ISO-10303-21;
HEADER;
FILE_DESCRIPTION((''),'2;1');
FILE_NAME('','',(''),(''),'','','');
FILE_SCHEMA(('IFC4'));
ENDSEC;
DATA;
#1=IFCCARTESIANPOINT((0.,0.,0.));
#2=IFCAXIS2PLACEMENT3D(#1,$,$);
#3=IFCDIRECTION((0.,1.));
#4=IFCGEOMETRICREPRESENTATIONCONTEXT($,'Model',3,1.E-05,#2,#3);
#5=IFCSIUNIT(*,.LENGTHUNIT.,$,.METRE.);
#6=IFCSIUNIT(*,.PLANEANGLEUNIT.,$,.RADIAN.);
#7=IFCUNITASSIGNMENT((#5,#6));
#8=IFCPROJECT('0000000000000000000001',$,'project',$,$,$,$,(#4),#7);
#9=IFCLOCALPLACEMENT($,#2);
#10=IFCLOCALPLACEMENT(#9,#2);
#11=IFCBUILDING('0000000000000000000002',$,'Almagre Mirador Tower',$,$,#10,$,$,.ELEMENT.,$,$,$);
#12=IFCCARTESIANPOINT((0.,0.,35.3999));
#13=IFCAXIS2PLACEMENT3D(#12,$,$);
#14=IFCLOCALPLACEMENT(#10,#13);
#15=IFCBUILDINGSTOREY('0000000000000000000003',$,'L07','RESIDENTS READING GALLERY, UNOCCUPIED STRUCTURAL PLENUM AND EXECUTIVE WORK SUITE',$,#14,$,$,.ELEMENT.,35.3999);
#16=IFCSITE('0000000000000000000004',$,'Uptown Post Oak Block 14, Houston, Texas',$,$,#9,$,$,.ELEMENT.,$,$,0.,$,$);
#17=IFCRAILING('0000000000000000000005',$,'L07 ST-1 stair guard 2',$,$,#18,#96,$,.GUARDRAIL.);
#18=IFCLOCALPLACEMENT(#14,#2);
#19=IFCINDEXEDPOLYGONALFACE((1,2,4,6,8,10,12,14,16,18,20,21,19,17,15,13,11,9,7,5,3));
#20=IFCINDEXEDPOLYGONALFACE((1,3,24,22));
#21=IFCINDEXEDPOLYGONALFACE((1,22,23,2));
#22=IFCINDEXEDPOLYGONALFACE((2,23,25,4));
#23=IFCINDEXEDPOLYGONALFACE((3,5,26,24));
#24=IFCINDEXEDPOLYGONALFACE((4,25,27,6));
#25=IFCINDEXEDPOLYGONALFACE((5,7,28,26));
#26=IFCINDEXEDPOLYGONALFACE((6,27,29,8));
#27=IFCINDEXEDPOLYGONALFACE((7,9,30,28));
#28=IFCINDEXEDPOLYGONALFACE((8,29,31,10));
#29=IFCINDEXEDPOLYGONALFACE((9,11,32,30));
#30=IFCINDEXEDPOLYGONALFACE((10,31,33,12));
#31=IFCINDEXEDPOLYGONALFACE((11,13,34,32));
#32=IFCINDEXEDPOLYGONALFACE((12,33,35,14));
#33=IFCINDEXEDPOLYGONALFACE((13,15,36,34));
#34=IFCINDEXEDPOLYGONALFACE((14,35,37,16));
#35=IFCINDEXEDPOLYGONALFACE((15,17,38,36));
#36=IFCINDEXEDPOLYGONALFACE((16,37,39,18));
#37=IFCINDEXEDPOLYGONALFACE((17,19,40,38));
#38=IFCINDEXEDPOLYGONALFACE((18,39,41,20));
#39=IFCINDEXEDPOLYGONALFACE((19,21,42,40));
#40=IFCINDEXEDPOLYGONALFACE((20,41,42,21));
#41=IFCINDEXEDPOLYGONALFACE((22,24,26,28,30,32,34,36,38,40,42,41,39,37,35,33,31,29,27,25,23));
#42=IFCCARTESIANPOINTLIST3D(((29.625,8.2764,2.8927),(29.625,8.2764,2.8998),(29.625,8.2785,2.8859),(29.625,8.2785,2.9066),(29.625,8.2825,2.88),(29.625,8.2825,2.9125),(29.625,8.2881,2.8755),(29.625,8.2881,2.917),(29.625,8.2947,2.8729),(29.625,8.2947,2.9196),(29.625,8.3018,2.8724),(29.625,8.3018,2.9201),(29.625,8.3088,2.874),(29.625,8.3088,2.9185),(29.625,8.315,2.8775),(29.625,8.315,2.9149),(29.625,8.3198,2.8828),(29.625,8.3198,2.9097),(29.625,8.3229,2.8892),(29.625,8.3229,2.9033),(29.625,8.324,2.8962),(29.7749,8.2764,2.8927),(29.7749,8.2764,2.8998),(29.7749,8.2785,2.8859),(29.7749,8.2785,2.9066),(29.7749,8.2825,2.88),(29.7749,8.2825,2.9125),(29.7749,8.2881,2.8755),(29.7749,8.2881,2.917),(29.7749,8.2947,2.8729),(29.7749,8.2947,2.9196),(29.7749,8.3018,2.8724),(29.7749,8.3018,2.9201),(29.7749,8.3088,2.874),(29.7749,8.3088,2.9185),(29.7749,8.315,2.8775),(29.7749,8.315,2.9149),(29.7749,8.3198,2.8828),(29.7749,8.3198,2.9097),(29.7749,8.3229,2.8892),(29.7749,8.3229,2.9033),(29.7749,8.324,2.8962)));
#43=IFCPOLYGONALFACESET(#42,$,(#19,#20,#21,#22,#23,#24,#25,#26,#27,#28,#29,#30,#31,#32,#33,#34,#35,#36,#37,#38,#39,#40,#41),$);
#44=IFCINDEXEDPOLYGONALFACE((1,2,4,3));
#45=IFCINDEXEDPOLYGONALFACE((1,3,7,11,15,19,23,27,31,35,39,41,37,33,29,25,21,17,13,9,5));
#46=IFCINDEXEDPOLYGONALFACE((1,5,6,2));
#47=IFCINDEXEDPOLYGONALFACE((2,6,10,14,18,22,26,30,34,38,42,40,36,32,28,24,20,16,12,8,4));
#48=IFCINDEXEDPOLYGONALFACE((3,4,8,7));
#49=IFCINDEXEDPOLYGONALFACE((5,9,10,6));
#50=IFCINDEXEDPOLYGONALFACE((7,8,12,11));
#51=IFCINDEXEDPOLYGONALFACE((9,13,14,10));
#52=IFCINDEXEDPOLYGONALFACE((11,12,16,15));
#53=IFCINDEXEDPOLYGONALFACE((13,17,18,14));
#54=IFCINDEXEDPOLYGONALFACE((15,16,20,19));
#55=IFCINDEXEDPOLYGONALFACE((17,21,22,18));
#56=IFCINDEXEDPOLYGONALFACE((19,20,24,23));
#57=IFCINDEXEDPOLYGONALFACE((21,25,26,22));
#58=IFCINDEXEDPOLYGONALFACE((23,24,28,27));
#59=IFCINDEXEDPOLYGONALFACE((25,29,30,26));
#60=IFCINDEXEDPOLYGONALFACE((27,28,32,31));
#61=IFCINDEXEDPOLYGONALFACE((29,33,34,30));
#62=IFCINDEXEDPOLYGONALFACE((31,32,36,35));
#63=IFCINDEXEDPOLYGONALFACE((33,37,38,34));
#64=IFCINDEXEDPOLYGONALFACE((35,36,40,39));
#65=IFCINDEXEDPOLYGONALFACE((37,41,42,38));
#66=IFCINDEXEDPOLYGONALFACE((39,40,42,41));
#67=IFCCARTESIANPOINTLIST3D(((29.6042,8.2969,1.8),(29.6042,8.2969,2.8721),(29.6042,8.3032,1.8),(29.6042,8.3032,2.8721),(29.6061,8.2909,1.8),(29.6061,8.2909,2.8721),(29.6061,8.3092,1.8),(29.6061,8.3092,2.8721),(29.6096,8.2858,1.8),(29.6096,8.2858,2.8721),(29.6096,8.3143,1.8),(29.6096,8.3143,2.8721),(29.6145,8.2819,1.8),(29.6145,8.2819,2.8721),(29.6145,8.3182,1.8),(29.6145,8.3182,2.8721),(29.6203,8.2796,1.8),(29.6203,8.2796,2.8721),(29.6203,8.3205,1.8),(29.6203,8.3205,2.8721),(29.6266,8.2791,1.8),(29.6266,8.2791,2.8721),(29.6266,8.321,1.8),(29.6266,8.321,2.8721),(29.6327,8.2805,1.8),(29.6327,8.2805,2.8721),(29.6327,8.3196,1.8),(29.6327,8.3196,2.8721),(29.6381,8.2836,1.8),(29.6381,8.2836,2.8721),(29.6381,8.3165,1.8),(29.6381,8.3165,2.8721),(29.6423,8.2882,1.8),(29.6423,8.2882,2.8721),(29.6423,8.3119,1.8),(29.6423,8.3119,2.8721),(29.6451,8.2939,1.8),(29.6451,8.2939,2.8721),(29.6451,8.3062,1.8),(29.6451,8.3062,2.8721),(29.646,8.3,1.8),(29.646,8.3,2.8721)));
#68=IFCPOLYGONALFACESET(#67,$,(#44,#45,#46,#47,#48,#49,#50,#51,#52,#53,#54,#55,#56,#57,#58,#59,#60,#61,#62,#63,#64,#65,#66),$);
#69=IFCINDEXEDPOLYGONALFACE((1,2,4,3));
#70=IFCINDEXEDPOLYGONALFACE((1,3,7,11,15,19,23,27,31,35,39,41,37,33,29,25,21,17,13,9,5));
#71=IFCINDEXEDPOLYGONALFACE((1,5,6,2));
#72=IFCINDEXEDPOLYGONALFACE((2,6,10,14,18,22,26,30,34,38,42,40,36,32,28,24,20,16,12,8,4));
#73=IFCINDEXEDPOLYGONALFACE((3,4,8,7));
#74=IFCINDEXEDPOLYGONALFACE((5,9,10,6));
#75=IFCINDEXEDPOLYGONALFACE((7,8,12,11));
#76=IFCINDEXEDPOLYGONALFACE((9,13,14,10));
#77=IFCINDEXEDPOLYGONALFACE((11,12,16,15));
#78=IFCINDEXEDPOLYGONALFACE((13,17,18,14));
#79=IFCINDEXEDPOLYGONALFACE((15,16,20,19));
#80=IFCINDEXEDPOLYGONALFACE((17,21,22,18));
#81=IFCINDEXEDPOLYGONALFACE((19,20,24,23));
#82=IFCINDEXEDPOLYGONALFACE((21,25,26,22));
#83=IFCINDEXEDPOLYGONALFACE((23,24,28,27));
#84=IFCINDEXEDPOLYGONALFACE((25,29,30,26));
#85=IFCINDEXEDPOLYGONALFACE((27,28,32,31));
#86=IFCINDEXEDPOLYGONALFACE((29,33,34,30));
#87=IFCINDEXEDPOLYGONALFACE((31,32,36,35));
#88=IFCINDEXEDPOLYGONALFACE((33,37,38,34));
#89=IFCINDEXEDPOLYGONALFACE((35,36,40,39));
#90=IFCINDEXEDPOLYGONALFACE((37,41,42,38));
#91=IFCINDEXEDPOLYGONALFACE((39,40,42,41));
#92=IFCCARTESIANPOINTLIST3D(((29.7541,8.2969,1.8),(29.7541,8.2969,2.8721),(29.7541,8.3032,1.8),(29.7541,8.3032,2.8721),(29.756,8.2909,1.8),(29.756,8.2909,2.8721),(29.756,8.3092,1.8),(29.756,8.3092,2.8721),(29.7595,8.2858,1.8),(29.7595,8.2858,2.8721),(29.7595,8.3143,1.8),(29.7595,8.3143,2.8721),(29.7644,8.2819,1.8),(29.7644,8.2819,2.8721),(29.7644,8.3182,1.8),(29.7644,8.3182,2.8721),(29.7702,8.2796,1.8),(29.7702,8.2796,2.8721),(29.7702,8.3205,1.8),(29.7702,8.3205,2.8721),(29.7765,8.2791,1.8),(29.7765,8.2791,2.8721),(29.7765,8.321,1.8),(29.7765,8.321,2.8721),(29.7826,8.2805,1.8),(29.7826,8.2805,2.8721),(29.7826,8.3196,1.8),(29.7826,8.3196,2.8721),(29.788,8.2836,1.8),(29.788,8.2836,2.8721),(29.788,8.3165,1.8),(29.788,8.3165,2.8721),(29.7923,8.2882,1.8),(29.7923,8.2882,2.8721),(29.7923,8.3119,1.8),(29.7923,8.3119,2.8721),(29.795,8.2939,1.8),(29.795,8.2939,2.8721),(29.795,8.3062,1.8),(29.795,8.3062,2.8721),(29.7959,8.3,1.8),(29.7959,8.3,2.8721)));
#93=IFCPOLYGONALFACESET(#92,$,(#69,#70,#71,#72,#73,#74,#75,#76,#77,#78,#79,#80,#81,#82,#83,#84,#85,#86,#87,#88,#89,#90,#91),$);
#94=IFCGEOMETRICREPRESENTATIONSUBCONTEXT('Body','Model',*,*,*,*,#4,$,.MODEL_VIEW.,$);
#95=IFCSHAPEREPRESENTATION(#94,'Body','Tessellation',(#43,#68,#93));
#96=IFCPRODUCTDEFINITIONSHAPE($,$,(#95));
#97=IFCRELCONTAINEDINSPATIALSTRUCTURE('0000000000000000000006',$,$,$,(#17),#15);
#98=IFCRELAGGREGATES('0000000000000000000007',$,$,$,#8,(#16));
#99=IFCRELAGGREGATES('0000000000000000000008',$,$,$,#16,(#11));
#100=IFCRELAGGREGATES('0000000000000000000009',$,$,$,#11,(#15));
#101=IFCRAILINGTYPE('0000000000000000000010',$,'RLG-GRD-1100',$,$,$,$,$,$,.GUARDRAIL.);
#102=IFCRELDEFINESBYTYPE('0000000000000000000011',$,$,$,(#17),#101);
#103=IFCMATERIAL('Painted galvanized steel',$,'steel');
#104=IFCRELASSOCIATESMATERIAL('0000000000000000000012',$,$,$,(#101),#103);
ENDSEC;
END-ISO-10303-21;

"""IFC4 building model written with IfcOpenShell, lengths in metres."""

from ifc_helpers import new_model, si_unit, direction, frame, origin, origin_2d, place, context, subcontext, project, spatial, circle, extrude, material, type_object, element, save


model = new_model("IFC4")

# Units and contexts
model_context = context("Model", 3, precision=1e-05, world=origin(), true_north=direction((0.0, 1.0)))
body_context = subcontext(model_context, "Body", "Model", "MODEL_VIEW")
ifc_project = project(units=[si_unit("LENGTHUNIT", "METRE"), si_unit("PLANEANGLEUNIT", "RADIAN")], contexts=[model_context])

# Site, building, storey
site_placement = place(None, origin())
site = spatial("IfcSite", under=ifc_project, at=site_placement, Name="Uptown Post Oak Block 14, Houston, Texas", CompositionType="ELEMENT", RefElevation=0.0)
building_placement = place(site_placement, origin())
building = spatial("IfcBuilding", under=site, at=building_placement, Name="Almagre Mirador Tower", CompositionType="ELEMENT")
storey_placement = place(building_placement, frame((0.0, 0.0, 35.3999)))
storey = spatial("IfcBuildingStorey", under=building, at=storey_placement, Name="L07", Description="RESIDENTS READING GALLERY, UNOCCUPIED STRUCTURAL PLENUM AND EXECUTIVE WORK SUITE", CompositionType="ELEMENT", Elevation=35.3999)

# Railing
ifc_material_1 = material(Name="Painted galvanized steel", Category="steel")
railing_type_1 = type_object("IfcRailingType", Name="RLG-GRD-1100", PredefinedType="GUARDRAIL", material=ifc_material_1)
railing_1_placement = place(storey_placement, frame((29.625, 8.3, 1.8)))
element("IfcRailing", 1, at=railing_1_placement, inside=storey, type_object=railing_type_1, Name="L07 ST-1 stair guard 2", PredefinedType="GUARDRAIL", context=body_context, shape_type="SweptSolid", body=[
    extrude(circle(Radius=0.0239, at=origin_2d()), frame((0.0, 0.0, 1.0962), z_axis=(1.0, 0.0, 0.0), x_axis=(0.0, 1.0, 0.0)), (0.0, 0.0, 1.0), 0.1499),
    extrude(circle(Radius=0.021, at=origin_2d()), origin(), (0.0, 0.0, 1.0), 1.072),
    extrude(circle(Radius=0.021, at=origin_2d()), frame((0.1499, 0.0, 0.0)), (0.0, 0.0, 1.0), 1.072),
])

save(model, "model.ifc")
